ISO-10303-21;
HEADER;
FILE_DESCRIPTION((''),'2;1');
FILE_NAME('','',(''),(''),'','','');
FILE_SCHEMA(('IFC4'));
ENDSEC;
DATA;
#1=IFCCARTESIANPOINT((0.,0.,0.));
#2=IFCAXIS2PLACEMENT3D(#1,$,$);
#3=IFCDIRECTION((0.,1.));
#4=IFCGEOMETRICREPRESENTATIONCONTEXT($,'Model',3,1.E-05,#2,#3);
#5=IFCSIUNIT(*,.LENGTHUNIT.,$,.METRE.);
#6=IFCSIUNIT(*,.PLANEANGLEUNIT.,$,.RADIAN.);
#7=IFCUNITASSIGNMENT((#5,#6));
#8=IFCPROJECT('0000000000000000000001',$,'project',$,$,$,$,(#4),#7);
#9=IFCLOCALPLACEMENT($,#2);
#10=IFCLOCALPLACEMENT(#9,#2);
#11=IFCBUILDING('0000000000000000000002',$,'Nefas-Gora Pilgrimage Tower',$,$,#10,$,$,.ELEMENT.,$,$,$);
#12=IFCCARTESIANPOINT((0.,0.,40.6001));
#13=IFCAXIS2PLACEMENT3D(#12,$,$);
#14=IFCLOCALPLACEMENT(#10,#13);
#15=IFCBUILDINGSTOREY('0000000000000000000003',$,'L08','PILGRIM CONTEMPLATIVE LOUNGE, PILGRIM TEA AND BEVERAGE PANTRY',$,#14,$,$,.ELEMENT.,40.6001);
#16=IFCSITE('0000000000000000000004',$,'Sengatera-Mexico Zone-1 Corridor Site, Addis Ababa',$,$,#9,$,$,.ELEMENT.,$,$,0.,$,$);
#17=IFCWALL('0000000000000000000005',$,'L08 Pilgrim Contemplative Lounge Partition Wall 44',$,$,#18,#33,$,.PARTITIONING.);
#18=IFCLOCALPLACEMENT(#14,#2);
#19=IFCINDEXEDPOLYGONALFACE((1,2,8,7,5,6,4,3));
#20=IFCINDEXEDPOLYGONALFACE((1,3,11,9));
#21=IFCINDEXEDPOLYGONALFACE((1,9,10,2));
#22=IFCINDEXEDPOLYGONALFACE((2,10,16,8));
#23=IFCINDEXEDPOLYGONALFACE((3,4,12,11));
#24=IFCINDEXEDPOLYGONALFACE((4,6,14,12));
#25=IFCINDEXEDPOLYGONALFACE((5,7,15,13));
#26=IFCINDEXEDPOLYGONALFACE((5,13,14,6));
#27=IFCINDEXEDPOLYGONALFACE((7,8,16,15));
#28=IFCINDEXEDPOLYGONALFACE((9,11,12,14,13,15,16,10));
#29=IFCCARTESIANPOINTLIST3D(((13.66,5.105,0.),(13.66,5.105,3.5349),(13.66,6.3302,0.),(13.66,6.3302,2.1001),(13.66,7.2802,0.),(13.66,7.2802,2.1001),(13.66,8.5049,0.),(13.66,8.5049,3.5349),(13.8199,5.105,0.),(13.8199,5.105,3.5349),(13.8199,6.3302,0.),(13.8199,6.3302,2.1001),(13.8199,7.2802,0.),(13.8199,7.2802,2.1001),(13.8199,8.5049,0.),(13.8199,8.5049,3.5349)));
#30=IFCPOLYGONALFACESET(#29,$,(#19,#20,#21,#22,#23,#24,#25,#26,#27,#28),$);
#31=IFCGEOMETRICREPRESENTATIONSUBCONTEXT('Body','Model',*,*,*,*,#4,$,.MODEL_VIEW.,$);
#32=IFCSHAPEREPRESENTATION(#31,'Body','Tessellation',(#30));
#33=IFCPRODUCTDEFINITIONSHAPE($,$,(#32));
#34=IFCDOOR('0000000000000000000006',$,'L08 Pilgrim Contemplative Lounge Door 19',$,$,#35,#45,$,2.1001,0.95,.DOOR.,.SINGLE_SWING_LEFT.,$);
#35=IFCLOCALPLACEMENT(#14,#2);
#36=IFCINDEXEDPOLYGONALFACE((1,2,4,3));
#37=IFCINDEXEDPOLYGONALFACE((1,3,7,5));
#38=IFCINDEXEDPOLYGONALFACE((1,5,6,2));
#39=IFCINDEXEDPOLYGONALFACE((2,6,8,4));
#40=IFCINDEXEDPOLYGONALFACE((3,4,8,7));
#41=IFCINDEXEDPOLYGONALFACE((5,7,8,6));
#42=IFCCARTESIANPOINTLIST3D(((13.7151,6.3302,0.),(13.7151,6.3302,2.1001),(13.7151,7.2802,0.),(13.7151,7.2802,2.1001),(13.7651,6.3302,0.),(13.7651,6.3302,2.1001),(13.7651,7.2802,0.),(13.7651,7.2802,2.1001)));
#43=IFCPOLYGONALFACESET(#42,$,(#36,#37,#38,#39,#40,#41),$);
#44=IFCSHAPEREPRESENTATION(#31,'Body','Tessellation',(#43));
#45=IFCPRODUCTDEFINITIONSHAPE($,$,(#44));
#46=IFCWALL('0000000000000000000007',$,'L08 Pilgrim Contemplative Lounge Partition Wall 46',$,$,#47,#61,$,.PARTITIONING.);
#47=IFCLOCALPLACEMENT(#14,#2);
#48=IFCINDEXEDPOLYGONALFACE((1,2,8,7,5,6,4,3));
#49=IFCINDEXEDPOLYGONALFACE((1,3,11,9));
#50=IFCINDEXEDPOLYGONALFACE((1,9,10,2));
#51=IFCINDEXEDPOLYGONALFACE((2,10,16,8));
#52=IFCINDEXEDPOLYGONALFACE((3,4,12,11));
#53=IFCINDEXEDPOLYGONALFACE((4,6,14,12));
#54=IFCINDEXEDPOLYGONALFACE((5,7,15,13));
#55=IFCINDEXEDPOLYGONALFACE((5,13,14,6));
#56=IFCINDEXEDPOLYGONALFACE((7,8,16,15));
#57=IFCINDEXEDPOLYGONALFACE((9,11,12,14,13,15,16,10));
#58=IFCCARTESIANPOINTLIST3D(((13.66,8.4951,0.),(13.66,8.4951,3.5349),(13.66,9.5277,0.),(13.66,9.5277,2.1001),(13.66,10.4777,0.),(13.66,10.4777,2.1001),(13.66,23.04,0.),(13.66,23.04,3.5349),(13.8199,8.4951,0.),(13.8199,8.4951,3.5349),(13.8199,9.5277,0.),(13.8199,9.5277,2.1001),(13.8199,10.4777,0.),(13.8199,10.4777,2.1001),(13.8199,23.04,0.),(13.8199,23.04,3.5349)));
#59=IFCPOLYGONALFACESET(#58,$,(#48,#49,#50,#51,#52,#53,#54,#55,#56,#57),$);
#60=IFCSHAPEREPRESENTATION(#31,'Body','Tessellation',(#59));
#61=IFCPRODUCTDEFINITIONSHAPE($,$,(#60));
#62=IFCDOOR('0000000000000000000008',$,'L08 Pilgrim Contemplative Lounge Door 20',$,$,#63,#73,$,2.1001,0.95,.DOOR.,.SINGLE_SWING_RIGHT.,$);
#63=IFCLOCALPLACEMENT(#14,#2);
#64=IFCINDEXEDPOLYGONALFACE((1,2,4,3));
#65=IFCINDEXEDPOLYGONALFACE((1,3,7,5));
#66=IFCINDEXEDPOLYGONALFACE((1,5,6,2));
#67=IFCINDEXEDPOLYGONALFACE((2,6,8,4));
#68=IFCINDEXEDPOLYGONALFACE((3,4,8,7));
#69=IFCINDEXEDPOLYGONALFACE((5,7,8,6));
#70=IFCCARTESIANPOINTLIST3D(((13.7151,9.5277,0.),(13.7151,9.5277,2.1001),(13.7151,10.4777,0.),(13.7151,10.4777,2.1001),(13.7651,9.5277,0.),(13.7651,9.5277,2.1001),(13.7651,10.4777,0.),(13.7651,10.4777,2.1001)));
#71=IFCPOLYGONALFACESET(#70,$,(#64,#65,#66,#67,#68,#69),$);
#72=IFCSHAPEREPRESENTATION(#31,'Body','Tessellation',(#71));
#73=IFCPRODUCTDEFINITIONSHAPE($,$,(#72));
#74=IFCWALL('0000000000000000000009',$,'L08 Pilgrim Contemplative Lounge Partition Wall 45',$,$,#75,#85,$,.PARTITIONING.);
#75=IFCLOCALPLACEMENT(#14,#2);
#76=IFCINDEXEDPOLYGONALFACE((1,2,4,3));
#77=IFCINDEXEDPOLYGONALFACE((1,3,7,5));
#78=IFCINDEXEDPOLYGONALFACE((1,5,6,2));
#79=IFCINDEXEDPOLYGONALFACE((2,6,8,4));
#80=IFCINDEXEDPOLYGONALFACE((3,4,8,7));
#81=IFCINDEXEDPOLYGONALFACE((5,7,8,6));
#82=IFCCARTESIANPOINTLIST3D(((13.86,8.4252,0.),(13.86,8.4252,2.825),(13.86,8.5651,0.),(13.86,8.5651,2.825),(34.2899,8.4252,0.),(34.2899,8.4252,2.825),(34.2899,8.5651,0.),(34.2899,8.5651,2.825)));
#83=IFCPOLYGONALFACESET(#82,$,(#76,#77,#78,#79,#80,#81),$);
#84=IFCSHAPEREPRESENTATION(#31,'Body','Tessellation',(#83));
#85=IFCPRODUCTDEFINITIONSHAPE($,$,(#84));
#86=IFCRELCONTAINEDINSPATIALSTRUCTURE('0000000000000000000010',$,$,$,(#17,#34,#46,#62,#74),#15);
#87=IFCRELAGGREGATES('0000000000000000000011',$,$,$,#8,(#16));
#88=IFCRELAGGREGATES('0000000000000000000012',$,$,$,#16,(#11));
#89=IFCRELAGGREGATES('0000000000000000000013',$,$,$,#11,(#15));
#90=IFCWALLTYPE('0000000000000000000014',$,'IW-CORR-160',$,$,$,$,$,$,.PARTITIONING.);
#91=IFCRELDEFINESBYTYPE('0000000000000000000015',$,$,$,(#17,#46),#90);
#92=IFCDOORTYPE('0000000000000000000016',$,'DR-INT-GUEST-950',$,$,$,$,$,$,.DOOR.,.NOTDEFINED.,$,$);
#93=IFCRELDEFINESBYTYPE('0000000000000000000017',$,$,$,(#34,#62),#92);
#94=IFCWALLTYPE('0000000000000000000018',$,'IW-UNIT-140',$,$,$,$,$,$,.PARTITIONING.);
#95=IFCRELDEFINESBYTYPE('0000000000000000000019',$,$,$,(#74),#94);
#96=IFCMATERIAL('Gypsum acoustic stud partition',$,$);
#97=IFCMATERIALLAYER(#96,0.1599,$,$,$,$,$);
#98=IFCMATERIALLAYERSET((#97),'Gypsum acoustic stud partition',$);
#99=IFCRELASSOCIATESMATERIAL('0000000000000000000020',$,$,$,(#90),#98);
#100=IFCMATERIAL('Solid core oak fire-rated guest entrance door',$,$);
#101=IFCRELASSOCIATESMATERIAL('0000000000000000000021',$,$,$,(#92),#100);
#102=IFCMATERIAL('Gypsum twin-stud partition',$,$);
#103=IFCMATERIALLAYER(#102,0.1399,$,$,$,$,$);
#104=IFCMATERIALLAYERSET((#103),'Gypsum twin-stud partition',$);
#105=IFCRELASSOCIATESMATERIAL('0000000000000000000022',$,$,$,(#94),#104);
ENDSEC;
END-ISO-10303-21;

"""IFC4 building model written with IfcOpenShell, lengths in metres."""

from ifc_helpers import new_model, si_unit, direction, frame, frame_2d, origin, place, context, subcontext, project, spatial, rectangle, extrude, source, transform, mapped, material, layer, layer_set, type_object, element, fill, save


model = new_model("IFC4")

# Units and contexts
model_context = context("Model", 3, precision=1e-05, world=origin(), true_north=direction((0.0, 1.0)))
body_context = subcontext(model_context, "Body", "Model", "MODEL_VIEW")
ifc_project = project(units=[si_unit("LENGTHUNIT", "METRE"), si_unit("PLANEANGLEUNIT", "RADIAN")], contexts=[model_context])

# Site, building, storey
site_placement = place(None, origin())
site = spatial("IfcSite", under=ifc_project, at=site_placement, Name="Sengatera-Mexico Zone-1 Corridor Site, Addis Ababa", CompositionType="ELEMENT", RefElevation=0.0)
building_placement = place(site_placement, origin())
building = spatial("IfcBuilding", under=site, at=building_placement, Name="Nefas-Gora Pilgrimage Tower", CompositionType="ELEMENT")
storey_placement = place(building_placement, frame((0.0, 0.0, 40.6001)))
storey = spatial("IfcBuildingStorey", under=building, at=storey_placement, Name="L08", Description="PILGRIM CONTEMPLATIVE LOUNGE, PILGRIM TEA AND BEVERAGE PANTRY", CompositionType="ELEMENT", Elevation=40.6001)

# Shared definitions
ifc_material_1 = material(Name="Gypsum acoustic stud partition")
ifc_layer_1 = layer(ifc_material_1, 0.1599)
ifc_layer_set_1 = layer_set([ifc_layer_1], Name="Gypsum acoustic stud partition")
wall_type_1 = type_object("IfcWallType", Name="IW-CORR-160", PredefinedType="PARTITIONING", material=ifc_layer_set_1)
ifc_material_2 = material(Name="Solid core oak fire-rated guest entrance door")
door_type = type_object("IfcDoorType", Name="DR-INT-GUEST-950", OperationType="NOTDEFINED", PredefinedType="DOOR", material=ifc_material_2)
shared_shape_1 = source(origin(), body_context, "Body", "SweptSolid", [
    extrude(rectangle(XDim=0.95, YDim=2.1001, at=frame_2d((0.4751, 1.05))), frame((0.0, 0.0249, 0.0), z_axis=(0.0, -1.0, 0.0), x_axis=(1.0, 0.0, 0.0)), (0.0, 0.0, 1.0), 0.05),
])

# Shared definitions
ifc_material_3 = material(Name="Gypsum twin-stud partition")
ifc_layer_2 = layer(ifc_material_3, 0.1399)
ifc_layer_set_2 = layer_set([ifc_layer_2], Name="Gypsum twin-stud partition")
wall_type_2 = type_object("IfcWallType", Name="IW-UNIT-140", PredefinedType="PARTITIONING", material=ifc_layer_set_2)

# Walls, openings, doors
shared_shape_2 = source(origin(), body_context, "Body", "SweptSolid", [
    extrude(rectangle(XDim=3.3999, YDim=0.1599, at=frame_2d((1.7, 0.0))), origin(), (0.0, 0.0, 1.0), 3.5349),
])
wall_1_placement = place(storey_placement, frame((13.74, 5.105, 0.0), z_axis=(0.0, 0.0, 1.0), x_axis=(0.0, 1.0, 0.0)))
wall_1 = element("IfcWall", 1, at=wall_1_placement, inside=storey, type_object=wall_type_1, Name="L08 Pilgrim Contemplative Lounge Partition Wall 44", PredefinedType="PARTITIONING", context=body_context, shape_type="MappedRepresentation", body=[
    mapped(shared_shape_2, transform((0.0, 0.0, 0.0), x_axis=(1.0, 0.0, 0.0), y_axis=(0.0, 1.0, 0.0), z_axis=(0.0, 0.0, 1.0), scale=1.0)),
])
opening_1_placement = place(wall_1_placement, frame((1.2251, 0.0, 0.0)))
opening_1 = element("IfcOpeningElement", 2, at=opening_1_placement, cuts=wall_1, PredefinedType="OPENING", context=body_context, shape_type="SweptSolid", body=[
    extrude(rectangle(XDim=0.95, YDim=2.1001, at=frame_2d((0.4751, 1.05))), frame((0.0, 0.0898, 0.0), z_axis=(0.0, -1.0, 0.0), x_axis=(1.0, 0.0, 0.0)), (0.0, 0.0, 1.0), 0.1799),
])
door_1_placement = place(opening_1_placement, origin())
door_1 = element("IfcDoor", 3, at=door_1_placement, inside=storey, type_object=door_type, Name="L08 Pilgrim Contemplative Lounge Door 19", OperationType="SINGLE_SWING_LEFT", OverallHeight=2.1001, OverallWidth=0.95, PredefinedType="DOOR", context=body_context, shape_type="MappedRepresentation", body=[
    mapped(shared_shape_1, transform((0.0, 0.0, 0.0), x_axis=(1.0, 0.0, 0.0), y_axis=(0.0, 1.0, 0.0), z_axis=(0.0, 0.0, 1.0), scale=1.0)),
])
fill(opening_1, door_1)
shared_shape_3 = source(origin(), body_context, "Body", "SweptSolid", [
    extrude(rectangle(XDim=14.5449, YDim=0.1599, at=frame_2d((7.2725, 0.0))), origin(), (0.0, 0.0, 1.0), 3.5349),
])
wall_2_placement = place(storey_placement, frame((13.74, 8.4951, 0.0), z_axis=(0.0, 0.0, 1.0), x_axis=(0.0, 1.0, 0.0)))
wall_2 = element("IfcWall", 4, at=wall_2_placement, inside=storey, type_object=wall_type_1, Name="L08 Pilgrim Contemplative Lounge Partition Wall 46", PredefinedType="PARTITIONING", context=body_context, shape_type="MappedRepresentation", body=[
    mapped(shared_shape_3, transform((0.0, 0.0, 0.0), x_axis=(1.0, 0.0, 0.0), y_axis=(0.0, 1.0, 0.0), z_axis=(0.0, 0.0, 1.0), scale=1.0)),
])
opening_2_placement = place(wall_2_placement, frame((1.0325, 0.0, 0.0)))
opening_2 = element("IfcOpeningElement", 5, at=opening_2_placement, cuts=wall_2, PredefinedType="OPENING", context=body_context, shape_type="SweptSolid", body=[
    extrude(rectangle(XDim=0.95, YDim=2.1001, at=frame_2d((0.4751, 1.05))), frame((0.0, 0.0898, 0.0), z_axis=(0.0, -1.0, 0.0), x_axis=(1.0, 0.0, 0.0)), (0.0, 0.0, 1.0), 0.1799),
])
door_2_placement = place(opening_2_placement, origin())
door_2 = element("IfcDoor", 6, at=door_2_placement, inside=storey, type_object=door_type, Name="L08 Pilgrim Contemplative Lounge Door 20", OperationType="SINGLE_SWING_RIGHT", OverallHeight=2.1001, OverallWidth=0.95, PredefinedType="DOOR", context=body_context, shape_type="MappedRepresentation", body=[
    mapped(shared_shape_1, transform((0.0, 0.0, 0.0), x_axis=(1.0, 0.0, 0.0), y_axis=(0.0, 1.0, 0.0), z_axis=(0.0, 0.0, 1.0), scale=1.0)),
])
fill(opening_2, door_2)

# Wall
shared_shape_4 = source(origin(), body_context, "Body", "SweptSolid", [
    extrude(rectangle(XDim=20.4299, YDim=0.1399, at=frame_2d((10.2148, 0.0))), origin(), (0.0, 0.0, 1.0), 2.825),
])
wall_3_placement = place(storey_placement, frame((13.8601, 8.4951, 0.0), z_axis=(0.0, 0.0, 1.0), x_axis=(1.0, 0.0, 0.0)))
element("IfcWall", 7, at=wall_3_placement, inside=storey, type_object=wall_type_2, Name="L08 Pilgrim Contemplative Lounge Partition Wall 45", PredefinedType="PARTITIONING", context=body_context, shape_type="MappedRepresentation", body=[
    mapped(shared_shape_4, transform((0.0, 0.0, 0.0), x_axis=(1.0, 0.0, 0.0), y_axis=(0.0, 1.0, 0.0), z_axis=(0.0, 0.0, 1.0), scale=1.0)),
])

save(model, "model.ifc")
